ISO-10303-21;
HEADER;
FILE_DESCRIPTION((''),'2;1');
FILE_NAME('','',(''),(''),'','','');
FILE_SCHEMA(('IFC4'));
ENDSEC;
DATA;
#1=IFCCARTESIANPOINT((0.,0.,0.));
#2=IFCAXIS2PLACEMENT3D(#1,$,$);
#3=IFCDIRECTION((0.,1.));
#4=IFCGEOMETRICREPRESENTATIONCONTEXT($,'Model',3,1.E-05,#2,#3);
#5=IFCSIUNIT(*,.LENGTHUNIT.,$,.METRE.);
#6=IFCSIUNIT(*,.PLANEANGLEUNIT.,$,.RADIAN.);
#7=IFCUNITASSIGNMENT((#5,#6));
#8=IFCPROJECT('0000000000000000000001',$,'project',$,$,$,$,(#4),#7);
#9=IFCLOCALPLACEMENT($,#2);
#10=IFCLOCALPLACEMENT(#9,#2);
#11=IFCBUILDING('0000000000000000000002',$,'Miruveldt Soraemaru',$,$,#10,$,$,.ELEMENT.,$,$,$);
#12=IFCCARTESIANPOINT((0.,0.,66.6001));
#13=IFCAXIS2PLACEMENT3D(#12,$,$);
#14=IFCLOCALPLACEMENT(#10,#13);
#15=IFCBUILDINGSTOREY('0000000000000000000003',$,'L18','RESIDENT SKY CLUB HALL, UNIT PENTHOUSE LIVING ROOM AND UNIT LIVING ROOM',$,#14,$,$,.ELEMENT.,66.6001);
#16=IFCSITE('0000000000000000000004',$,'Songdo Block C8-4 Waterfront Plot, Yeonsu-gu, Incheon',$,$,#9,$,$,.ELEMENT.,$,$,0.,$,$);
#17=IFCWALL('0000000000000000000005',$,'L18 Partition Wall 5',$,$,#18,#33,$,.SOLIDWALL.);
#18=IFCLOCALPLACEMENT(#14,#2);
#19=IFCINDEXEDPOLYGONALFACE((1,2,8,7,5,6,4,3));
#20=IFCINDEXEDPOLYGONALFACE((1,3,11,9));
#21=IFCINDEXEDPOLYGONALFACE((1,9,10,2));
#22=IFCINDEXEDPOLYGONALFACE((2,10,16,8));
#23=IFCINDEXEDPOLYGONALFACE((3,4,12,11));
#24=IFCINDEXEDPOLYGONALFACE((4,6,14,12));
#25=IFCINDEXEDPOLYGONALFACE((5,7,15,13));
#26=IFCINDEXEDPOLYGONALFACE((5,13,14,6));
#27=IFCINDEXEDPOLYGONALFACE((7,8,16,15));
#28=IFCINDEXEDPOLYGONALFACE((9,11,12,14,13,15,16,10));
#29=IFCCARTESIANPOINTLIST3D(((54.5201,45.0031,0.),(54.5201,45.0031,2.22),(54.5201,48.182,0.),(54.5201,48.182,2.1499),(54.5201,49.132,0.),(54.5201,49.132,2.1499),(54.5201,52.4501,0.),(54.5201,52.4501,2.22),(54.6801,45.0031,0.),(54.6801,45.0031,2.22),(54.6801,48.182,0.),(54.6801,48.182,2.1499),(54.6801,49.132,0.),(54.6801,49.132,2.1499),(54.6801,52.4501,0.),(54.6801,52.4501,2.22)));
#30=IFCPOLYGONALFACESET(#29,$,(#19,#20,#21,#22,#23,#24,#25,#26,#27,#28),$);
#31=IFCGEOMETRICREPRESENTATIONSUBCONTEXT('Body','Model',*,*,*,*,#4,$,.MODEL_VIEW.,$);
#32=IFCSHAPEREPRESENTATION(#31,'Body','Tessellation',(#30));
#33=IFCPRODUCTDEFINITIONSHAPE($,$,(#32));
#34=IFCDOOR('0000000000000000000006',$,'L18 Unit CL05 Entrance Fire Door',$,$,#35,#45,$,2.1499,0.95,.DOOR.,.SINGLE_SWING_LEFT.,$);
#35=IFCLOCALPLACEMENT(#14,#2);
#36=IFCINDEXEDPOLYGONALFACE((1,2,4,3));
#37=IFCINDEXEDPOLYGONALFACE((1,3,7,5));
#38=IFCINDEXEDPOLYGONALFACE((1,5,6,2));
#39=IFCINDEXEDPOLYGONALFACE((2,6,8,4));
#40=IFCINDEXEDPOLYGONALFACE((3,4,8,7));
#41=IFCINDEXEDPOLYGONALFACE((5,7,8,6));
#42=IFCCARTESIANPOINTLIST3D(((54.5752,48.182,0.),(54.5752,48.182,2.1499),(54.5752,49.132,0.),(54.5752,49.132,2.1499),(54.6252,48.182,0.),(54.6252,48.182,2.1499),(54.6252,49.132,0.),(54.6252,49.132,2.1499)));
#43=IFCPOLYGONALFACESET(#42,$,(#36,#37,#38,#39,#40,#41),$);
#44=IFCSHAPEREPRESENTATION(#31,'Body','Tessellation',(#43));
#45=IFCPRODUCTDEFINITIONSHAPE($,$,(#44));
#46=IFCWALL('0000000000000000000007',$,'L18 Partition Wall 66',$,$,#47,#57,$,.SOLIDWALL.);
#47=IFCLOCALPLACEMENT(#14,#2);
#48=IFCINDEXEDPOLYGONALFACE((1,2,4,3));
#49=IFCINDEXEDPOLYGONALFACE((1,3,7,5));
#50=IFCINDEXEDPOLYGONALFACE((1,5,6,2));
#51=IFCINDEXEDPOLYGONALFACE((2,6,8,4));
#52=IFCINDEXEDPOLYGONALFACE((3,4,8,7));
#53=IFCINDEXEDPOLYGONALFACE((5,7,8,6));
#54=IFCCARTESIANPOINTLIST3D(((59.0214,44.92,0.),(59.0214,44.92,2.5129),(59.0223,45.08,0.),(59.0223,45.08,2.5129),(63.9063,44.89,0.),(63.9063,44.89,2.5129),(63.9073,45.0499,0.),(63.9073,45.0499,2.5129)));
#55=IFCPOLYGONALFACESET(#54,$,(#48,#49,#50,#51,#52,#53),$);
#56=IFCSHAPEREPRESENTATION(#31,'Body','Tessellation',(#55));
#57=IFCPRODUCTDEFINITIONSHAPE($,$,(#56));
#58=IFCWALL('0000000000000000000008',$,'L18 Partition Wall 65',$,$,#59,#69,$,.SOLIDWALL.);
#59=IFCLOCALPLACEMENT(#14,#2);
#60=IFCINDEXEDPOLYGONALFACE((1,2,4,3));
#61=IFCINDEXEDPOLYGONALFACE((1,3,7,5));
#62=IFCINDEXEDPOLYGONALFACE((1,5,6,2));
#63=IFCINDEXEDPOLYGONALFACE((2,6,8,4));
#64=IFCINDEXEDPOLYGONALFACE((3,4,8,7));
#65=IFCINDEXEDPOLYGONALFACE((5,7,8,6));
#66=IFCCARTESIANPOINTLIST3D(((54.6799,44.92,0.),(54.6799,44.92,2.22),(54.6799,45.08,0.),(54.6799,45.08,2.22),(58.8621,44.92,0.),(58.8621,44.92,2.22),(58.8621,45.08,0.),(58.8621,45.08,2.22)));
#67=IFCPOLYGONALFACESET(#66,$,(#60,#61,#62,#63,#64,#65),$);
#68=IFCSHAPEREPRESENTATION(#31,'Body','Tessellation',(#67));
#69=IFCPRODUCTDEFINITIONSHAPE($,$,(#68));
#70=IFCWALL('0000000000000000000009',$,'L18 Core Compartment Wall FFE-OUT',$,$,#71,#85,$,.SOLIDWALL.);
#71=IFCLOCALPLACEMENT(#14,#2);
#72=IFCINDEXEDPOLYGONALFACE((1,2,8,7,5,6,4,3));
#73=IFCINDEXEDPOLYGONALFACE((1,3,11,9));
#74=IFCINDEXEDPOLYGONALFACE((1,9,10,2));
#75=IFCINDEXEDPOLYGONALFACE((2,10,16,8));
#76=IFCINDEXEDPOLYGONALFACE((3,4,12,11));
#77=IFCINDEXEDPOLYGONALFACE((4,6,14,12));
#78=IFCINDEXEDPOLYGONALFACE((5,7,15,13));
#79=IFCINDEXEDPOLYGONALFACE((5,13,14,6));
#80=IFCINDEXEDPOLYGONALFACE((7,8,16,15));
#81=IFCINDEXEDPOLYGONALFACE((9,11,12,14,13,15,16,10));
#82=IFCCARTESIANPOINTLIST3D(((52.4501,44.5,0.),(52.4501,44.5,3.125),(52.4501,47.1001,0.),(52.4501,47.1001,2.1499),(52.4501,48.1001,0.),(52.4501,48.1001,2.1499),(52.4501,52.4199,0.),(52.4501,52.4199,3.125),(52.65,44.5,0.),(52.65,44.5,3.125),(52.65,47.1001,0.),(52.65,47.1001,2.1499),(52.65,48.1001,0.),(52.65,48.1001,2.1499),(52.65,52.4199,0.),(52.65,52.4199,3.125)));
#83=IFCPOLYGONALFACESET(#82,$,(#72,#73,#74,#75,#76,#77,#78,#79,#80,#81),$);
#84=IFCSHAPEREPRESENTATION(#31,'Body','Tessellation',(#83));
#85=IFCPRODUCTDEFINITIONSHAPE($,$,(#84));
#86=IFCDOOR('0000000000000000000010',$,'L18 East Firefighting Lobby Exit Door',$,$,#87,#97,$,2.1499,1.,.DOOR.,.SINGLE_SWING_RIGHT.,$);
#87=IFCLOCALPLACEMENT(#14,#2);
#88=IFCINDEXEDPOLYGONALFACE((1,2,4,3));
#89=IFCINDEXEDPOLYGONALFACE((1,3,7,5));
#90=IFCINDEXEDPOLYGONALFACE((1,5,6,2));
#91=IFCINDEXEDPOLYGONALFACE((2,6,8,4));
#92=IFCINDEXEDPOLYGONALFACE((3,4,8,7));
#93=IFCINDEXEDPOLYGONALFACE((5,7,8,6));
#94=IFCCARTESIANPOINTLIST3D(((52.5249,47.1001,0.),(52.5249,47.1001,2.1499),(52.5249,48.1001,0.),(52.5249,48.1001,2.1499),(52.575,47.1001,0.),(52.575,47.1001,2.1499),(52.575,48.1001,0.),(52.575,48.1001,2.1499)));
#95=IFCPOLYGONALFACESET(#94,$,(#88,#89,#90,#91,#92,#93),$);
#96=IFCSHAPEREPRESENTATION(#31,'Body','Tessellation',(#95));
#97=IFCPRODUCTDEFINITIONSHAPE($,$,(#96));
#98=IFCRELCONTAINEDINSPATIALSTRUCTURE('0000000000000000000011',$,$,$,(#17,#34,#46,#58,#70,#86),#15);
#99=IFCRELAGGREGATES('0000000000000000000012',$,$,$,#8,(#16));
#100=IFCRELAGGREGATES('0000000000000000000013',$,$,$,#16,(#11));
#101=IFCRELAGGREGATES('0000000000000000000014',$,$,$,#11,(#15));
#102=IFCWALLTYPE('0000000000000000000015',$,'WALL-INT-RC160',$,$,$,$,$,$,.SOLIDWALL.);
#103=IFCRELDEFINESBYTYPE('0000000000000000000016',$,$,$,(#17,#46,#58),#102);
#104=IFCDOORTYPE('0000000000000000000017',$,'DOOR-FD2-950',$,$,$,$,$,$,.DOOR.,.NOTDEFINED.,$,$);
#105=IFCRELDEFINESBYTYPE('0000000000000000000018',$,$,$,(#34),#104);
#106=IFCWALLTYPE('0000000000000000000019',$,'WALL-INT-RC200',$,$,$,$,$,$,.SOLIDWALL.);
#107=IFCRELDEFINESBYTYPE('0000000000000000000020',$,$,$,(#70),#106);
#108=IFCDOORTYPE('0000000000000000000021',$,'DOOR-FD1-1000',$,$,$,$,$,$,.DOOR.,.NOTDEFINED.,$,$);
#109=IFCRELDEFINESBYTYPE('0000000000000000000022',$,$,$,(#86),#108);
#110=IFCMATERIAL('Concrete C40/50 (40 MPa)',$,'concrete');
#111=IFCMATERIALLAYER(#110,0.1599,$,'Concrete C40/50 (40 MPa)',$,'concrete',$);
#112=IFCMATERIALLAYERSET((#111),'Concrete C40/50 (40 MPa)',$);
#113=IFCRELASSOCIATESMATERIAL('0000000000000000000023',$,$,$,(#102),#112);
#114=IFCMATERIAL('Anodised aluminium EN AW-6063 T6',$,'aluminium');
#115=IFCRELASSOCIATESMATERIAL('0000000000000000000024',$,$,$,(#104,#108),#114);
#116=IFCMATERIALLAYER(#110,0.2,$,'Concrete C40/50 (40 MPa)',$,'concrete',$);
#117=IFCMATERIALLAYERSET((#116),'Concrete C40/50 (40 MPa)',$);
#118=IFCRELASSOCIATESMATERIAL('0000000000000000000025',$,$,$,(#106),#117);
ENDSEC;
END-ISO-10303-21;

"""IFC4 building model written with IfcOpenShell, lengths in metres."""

from ifc_helpers import new_model, si_unit, direction, frame, frame_2d, origin, place, context, subcontext, project, spatial, rectangle, extrude, material, layer, layer_set, type_object, element, fill, save


model = new_model("IFC4")

# Units and contexts
model_context = context("Model", 3, precision=1e-05, world=origin(), true_north=direction((0.0, 1.0)))
body_context = subcontext(model_context, "Body", "Model", "MODEL_VIEW")
ifc_project = project(units=[si_unit("LENGTHUNIT", "METRE"), si_unit("PLANEANGLEUNIT", "RADIAN")], contexts=[model_context])

# Site, building, storey
site_placement = place(None, origin())
site = spatial("IfcSite", under=ifc_project, at=site_placement, Name="Songdo Block C8-4 Waterfront Plot, Yeonsu-gu, Incheon", CompositionType="ELEMENT", RefElevation=0.0)
building_placement = place(site_placement, origin())
building = spatial("IfcBuilding", under=site, at=building_placement, Name="Miruveldt Soraemaru", CompositionType="ELEMENT")
storey_placement = place(building_placement, frame((0.0, 0.0, 66.6001)))
storey = spatial("IfcBuildingStorey", under=building, at=storey_placement, Name="L18", Description="RESIDENT SKY CLUB HALL, UNIT PENTHOUSE LIVING ROOM AND UNIT LIVING ROOM", CompositionType="ELEMENT", Elevation=66.6001)

# Shared definitions
ifc_material_1 = material(Name="Anodised aluminium EN AW-6063 T6", Category="aluminium")

# Wall, opening, door
ifc_material_2 = material(Name="Concrete C40/50 (40 MPa)", Category="concrete")
ifc_layer_1 = layer(ifc_material_2, 0.1599, Name="Concrete C40/50 (40 MPa)", Category="concrete")
ifc_layer_set_1 = layer_set([ifc_layer_1], Name="Concrete C40/50 (40 MPa)")
wall_type_1 = type_object("IfcWallType", Name="WALL-INT-RC160", PredefinedType="SOLIDWALL", material=ifc_layer_set_1)
wall_1_placement = place(storey_placement, frame((54.6001, 45.0029, 0.0), z_axis=(0.0, 0.0, 1.0), x_axis=(0.0, 1.0, 0.0)))
wall_1 = element("IfcWall", 1, at=wall_1_placement, inside=storey, type_object=wall_type_1, Name="L18 Partition Wall 5", PredefinedType="SOLIDWALL", context=body_context, shape_type="SweptSolid", body=[
    extrude(rectangle(XDim=7.447, YDim=0.1599, at=frame_2d((3.7236, 0.0))), origin(), (0.0, 0.0, 1.0), 2.22),
])
opening_1_placement = place(wall_1_placement, frame((3.179, 0.0, 0.0)))
opening_1 = element("IfcOpeningElement", 2, at=opening_1_placement, cuts=wall_1, PredefinedType="OPENING", context=body_context, shape_type="SweptSolid", body=[
    extrude(rectangle(XDim=0.95, YDim=2.1499, at=frame_2d((0.4751, 1.075))), frame((0.0, 0.0898, 0.0), z_axis=(0.0, -1.0, 0.0), x_axis=(1.0, 0.0, 0.0)), (0.0, 0.0, 1.0), 0.1799),
])
door_type_1 = type_object("IfcDoorType", Name="DOOR-FD2-950", OperationType="NOTDEFINED", PredefinedType="DOOR", material=ifc_material_1)
door_1_placement = place(opening_1_placement, origin())
door_1 = element("IfcDoor", 3, at=door_1_placement, inside=storey, type_object=door_type_1, Name="L18 Unit CL05 Entrance Fire Door", OperationType="SINGLE_SWING_LEFT", OverallHeight=2.1499, OverallWidth=0.95, PredefinedType="DOOR", context=body_context, shape_type="SweptSolid", body=[
    extrude(rectangle(XDim=0.95, YDim=2.1499, at=frame_2d((0.4751, 1.075))), frame((0.0, 0.0249, 0.0), z_axis=(0.0, -1.0, 0.0), x_axis=(1.0, 0.0, 0.0)), (0.0, 0.0, 1.0), 0.05),
])
fill(opening_1, door_1)

# Walls
wall_2_placement = place(storey_placement, frame((59.022, 45.0, 0.0), z_axis=(0.0, 0.0, 1.0), x_axis=(0.999981, -0.006147, 0.0)))
element("IfcWall", 4, at=wall_2_placement, inside=storey, type_object=wall_type_1, Name="L18 Partition Wall 66", PredefinedType="SOLIDWALL", context=body_context, shape_type="SweptSolid", body=[
    extrude(rectangle(XDim=4.885, YDim=0.1599, at=frame_2d((2.4424, 0.0))), origin(), (0.0, 0.0, 1.0), 2.5129),
])
wall_3_placement = place(storey_placement, frame((54.6799, 45.0, 0.0), z_axis=(0.0, 0.0, 1.0), x_axis=(1.0, 0.0, 0.0)))
element("IfcWall", 5, at=wall_3_placement, inside=storey, type_object=wall_type_1, Name="L18 Partition Wall 65", PredefinedType="SOLIDWALL", context=body_context, shape_type="SweptSolid", body=[
    extrude(rectangle(XDim=4.1821, YDim=0.1599, at=frame_2d((2.0911, 0.0))), origin(), (0.0, 0.0, 1.0), 2.22),
])

# Wall, opening, door
ifc_layer_2 = layer(ifc_material_2, 0.2, Name="Concrete C40/50 (40 MPa)", Category="concrete")
ifc_layer_set_2 = layer_set([ifc_layer_2], Name="Concrete C40/50 (40 MPa)")
wall_type_2 = type_object("IfcWallType", Name="WALL-INT-RC200", PredefinedType="SOLIDWALL", material=ifc_layer_set_2)
wall_4_placement = place(storey_placement, frame((52.55, 44.5, 0.0), z_axis=(0.0, 0.0, 1.0), x_axis=(0.0, 1.0, 0.0)))
wall_4 = element("IfcWall", 6, at=wall_4_placement, inside=storey, type_object=wall_type_2, Name="L18 Core Compartment Wall FFE-OUT", PredefinedType="SOLIDWALL", context=body_context, shape_type="SweptSolid", body=[
    extrude(rectangle(XDim=7.9199, YDim=0.2, at=frame_2d((3.96, 0.0))), origin(), (0.0, 0.0, 1.0), 3.125),
])
opening_2_placement = place(wall_4_placement, frame((2.6001, 0.0, 0.0)))
opening_2 = element("IfcOpeningElement", 7, at=opening_2_placement, cuts=wall_4, PredefinedType="OPENING", context=body_context, shape_type="SweptSolid", body=[
    extrude(rectangle(XDim=1.0, YDim=2.1499, at=frame_2d((0.5, 1.075))), frame((0.0, 0.1099, 0.0), z_axis=(0.0, -1.0, 0.0), x_axis=(1.0, 0.0, 0.0)), (0.0, 0.0, 1.0), 0.22),
])
door_type_2 = type_object("IfcDoorType", Name="DOOR-FD1-1000", OperationType="NOTDEFINED", PredefinedType="DOOR", material=ifc_material_1)
door_2_placement = place(opening_2_placement, frame((1.0, 0.0, 0.0), z_axis=(0.0, 0.0, 1.0), x_axis=(-1.0, 0.0, 0.0)))
door_2 = element("IfcDoor", 8, at=door_2_placement, inside=storey, type_object=door_type_2, Name="L18 East Firefighting Lobby Exit Door", OperationType="SINGLE_SWING_RIGHT", OverallHeight=2.1499, OverallWidth=1.0, PredefinedType="DOOR", context=body_context, shape_type="SweptSolid", body=[
    extrude(rectangle(XDim=1.0, YDim=2.1499, at=frame_2d((0.5, 1.075))), frame((0.0, 0.0249, 0.0), z_axis=(0.0, -1.0, 0.0), x_axis=(1.0, 0.0, 0.0)), (0.0, 0.0, 1.0), 0.05),
])
fill(opening_2, door_2)

save(model, "model.ifc")
